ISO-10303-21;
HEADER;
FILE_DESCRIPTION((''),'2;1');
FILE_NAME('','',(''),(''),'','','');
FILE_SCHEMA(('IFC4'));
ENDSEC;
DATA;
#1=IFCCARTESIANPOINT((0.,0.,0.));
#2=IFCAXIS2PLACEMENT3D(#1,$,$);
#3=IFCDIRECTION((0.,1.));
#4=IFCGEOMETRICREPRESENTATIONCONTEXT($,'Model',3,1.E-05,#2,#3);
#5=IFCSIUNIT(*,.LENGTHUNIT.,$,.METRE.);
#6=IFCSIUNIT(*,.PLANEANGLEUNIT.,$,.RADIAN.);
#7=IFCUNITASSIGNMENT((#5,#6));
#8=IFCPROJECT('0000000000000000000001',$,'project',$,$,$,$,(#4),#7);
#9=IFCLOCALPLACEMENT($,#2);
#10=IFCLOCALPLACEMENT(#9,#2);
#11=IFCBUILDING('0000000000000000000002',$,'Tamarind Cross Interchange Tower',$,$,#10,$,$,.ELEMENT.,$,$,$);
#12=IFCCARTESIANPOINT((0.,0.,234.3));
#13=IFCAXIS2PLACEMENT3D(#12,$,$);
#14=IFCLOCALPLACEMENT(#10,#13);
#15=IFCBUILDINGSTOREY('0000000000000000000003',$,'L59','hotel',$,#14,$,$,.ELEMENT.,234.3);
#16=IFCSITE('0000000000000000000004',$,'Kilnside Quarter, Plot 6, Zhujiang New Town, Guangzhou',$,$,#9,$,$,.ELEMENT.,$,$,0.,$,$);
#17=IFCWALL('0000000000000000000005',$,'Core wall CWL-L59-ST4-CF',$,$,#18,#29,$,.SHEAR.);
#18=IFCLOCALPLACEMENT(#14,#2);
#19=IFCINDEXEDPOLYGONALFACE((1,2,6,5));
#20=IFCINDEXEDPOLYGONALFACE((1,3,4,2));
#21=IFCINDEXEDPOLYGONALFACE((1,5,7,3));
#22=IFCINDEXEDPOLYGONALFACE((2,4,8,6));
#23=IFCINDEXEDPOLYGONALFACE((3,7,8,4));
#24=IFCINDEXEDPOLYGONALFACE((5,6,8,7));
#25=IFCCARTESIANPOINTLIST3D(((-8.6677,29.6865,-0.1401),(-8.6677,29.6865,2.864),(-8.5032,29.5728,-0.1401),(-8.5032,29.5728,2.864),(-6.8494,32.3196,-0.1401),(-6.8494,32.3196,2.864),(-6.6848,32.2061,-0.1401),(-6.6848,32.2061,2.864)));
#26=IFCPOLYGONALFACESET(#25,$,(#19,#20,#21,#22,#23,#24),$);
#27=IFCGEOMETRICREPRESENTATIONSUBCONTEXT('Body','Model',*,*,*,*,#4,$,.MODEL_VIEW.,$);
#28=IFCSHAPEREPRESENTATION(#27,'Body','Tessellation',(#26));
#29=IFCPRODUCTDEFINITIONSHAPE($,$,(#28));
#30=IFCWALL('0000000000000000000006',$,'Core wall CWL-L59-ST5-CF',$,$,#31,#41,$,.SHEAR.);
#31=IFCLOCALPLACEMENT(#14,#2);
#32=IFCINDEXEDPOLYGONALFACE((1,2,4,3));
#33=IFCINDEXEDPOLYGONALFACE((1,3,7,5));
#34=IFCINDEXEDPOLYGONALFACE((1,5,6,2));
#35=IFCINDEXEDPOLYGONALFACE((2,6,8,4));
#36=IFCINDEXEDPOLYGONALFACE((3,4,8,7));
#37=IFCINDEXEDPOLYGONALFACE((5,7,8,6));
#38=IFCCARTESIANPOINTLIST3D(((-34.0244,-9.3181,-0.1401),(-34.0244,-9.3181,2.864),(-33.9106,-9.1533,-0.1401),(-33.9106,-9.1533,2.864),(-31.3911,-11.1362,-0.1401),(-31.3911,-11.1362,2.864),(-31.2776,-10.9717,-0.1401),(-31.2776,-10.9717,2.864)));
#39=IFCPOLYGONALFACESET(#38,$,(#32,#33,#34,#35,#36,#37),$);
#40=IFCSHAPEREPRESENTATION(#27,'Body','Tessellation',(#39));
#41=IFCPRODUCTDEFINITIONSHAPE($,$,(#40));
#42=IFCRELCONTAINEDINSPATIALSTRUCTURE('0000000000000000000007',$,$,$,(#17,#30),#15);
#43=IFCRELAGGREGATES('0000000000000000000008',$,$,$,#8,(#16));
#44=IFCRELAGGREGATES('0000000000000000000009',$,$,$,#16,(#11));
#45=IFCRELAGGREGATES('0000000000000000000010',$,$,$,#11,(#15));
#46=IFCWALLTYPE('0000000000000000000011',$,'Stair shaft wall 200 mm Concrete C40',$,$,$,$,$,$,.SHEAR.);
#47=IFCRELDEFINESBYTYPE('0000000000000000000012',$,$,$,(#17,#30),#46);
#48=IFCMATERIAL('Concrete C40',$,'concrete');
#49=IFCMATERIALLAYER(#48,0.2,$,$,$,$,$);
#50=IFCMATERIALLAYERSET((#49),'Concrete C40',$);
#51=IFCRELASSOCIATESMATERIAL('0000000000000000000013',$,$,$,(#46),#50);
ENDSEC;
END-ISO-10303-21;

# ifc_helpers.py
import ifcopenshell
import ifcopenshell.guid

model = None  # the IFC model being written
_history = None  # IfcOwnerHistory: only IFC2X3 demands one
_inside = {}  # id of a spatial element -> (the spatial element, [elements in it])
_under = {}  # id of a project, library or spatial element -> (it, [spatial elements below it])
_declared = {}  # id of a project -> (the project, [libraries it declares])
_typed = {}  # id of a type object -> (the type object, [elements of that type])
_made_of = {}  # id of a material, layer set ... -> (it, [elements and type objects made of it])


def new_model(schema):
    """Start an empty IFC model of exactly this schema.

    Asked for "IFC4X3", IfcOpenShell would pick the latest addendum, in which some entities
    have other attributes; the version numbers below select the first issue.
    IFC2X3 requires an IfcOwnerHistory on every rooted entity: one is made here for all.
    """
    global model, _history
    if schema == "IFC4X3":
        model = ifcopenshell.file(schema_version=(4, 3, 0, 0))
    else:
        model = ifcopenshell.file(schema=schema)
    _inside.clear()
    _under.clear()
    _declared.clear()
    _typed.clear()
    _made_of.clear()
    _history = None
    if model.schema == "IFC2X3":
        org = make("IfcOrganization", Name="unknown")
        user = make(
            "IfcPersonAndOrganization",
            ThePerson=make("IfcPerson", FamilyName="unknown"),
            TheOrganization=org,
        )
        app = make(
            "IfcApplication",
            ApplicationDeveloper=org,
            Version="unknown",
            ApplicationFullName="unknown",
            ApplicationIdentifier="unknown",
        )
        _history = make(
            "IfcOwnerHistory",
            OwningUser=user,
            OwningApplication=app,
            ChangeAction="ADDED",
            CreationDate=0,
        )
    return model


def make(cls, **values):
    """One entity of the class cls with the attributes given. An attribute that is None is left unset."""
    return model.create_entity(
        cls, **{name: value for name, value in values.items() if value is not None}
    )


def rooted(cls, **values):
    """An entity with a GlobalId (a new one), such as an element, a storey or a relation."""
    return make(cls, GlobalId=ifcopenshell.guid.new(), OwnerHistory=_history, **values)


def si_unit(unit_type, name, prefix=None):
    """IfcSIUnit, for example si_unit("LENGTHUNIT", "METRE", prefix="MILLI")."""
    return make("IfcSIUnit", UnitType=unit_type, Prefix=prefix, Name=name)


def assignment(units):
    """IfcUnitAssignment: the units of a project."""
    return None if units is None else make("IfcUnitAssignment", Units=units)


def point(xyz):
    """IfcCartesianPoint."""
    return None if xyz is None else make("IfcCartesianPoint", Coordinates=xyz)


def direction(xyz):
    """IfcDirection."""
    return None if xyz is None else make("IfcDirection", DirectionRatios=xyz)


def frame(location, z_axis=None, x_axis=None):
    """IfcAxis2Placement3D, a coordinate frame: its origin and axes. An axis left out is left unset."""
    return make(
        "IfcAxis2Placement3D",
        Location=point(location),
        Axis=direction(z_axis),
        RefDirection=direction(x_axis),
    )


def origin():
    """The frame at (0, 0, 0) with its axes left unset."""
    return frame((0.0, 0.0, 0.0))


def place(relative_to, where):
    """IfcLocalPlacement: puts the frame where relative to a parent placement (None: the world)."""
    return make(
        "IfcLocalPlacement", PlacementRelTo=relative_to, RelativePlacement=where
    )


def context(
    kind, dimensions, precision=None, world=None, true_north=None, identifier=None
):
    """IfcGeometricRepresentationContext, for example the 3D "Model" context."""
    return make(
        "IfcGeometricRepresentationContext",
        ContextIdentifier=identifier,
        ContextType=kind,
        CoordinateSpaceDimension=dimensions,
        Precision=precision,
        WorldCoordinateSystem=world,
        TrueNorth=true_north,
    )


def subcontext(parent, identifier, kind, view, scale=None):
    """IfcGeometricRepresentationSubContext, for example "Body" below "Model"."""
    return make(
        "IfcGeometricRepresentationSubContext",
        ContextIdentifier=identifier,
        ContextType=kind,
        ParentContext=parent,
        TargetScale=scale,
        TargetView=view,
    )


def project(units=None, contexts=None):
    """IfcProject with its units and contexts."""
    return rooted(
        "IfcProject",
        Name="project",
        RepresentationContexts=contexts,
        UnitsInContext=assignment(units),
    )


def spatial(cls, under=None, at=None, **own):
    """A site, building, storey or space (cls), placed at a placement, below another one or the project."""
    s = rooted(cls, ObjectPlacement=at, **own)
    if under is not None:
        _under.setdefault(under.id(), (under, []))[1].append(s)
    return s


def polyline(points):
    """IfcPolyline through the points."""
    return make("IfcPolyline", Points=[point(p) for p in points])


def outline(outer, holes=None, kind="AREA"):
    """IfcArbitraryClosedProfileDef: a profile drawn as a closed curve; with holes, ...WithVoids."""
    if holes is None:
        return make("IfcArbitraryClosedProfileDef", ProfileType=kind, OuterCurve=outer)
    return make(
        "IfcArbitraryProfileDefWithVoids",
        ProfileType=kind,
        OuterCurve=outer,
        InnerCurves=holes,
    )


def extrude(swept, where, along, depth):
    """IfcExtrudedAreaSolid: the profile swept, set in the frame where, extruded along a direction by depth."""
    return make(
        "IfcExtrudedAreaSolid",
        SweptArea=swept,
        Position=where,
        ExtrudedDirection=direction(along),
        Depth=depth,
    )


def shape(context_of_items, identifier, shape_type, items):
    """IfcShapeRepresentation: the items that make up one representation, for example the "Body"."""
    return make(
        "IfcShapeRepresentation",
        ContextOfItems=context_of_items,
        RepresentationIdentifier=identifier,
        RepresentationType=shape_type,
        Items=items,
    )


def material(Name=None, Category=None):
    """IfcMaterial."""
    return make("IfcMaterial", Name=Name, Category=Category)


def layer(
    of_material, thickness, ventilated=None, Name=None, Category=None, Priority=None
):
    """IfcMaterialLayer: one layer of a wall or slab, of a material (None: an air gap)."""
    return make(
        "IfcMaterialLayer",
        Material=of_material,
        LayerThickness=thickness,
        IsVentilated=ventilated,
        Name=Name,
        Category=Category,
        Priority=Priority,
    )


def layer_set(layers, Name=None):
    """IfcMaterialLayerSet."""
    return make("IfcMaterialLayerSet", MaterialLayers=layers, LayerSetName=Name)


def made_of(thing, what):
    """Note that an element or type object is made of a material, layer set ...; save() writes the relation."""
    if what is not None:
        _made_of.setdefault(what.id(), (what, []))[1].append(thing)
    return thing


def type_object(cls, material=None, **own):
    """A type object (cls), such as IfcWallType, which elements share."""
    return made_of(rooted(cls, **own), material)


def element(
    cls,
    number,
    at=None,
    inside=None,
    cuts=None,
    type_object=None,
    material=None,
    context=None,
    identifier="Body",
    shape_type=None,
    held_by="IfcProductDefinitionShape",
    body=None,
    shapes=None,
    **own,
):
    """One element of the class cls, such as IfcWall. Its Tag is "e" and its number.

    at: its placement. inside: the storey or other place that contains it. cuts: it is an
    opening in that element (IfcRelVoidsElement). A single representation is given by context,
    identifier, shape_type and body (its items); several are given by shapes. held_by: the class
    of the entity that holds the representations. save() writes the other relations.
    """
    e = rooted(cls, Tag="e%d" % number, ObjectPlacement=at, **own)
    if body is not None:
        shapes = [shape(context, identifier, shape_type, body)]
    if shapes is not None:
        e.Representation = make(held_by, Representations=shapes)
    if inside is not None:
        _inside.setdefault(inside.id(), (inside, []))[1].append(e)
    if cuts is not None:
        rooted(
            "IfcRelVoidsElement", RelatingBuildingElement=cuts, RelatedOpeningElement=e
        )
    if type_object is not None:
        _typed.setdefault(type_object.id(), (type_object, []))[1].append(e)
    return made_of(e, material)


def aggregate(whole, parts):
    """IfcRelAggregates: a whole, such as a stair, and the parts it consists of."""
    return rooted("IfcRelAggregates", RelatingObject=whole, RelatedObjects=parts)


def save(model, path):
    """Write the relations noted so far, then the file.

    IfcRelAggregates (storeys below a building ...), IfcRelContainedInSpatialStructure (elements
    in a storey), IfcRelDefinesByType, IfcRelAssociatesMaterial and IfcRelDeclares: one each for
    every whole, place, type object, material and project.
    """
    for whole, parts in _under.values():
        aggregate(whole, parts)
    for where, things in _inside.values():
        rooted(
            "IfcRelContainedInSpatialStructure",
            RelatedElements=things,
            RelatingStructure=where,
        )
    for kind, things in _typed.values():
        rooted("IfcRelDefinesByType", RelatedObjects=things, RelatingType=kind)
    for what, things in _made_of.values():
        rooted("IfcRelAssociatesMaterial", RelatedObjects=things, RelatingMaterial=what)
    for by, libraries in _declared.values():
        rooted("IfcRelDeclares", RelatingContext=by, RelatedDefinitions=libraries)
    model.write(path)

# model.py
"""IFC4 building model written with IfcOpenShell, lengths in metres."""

from ifc_helpers import new_model, si_unit, direction, frame, origin, place, context, subcontext, project, spatial, polyline, outline, extrude, material, layer, layer_set, type_object, element, save


model = new_model("IFC4")

# Units and contexts
model_context = context("Model", 3, precision=1e-05, world=origin(), true_north=direction((0.0, 1.0)))
body_context = subcontext(model_context, "Body", "Model", "MODEL_VIEW")
ifc_project = project(units=[si_unit("LENGTHUNIT", "METRE"), si_unit("PLANEANGLEUNIT", "RADIAN")], contexts=[model_context])

# Site, building, storey
site_placement = place(None, origin())
site = spatial("IfcSite", under=ifc_project, at=site_placement, Name="Kilnside Quarter, Plot 6, Zhujiang New Town, Guangzhou", CompositionType="ELEMENT", RefElevation=0.0)
building_placement = place(site_placement, origin())
building = spatial("IfcBuilding", under=site, at=building_placement, Name="Tamarind Cross Interchange Tower", CompositionType="ELEMENT")
storey_placement = place(building_placement, frame((0.0, 0.0, 234.3)))
storey = spatial("IfcBuildingStorey", under=building, at=storey_placement, Name="L59", Description="hotel", CompositionType="ELEMENT", Elevation=234.3)

# Shared definitions
ifc_material_1 = material(Name="Concrete C40", Category="concrete")

# Walls
ifc_layer_1 = layer(ifc_material_1, 0.2)
ifc_layer_set_1 = layer_set([ifc_layer_1], Name="Concrete C40")
wall_type_1 = type_object("IfcWallType", Name="Stair shaft wall 200 mm Concrete C40", PredefinedType="SHEAR", material=ifc_layer_set_1)
wall_1_placement = place(storey_placement, frame((0.0, 0.0, -0.1401)))
element("IfcWall", 1, at=wall_1_placement, inside=storey, type_object=wall_type_1, Name="Core wall CWL-L59-ST4-CF", PredefinedType="SHEAR", context=body_context, shape_type="SweptSolid", body=[
    extrude(outline(polyline([(-6.6848, 32.2061), (-6.8494, 32.3196), (-8.6677, 29.6865), (-8.5032, 29.5728), (-6.6848, 32.2061)])), origin(), (0.0, 0.0, 1.0), 3.0042),
])
wall_2_placement = place(storey_placement, frame((0.0, 0.0, -0.1401)))
element("IfcWall", 2, at=wall_2_placement, inside=storey, type_object=wall_type_1, Name="Core wall CWL-L59-ST5-CF", PredefinedType="SHEAR", context=body_context, shape_type="SweptSolid", body=[
    extrude(outline(polyline([(-33.9106, -9.1533), (-34.0244, -9.3181), (-31.3911, -11.1362), (-31.2776, -10.9717), (-33.9106, -9.1533)])), origin(), (0.0, 0.0, 1.0), 3.0042),
])

save(model, "model.ifc")
